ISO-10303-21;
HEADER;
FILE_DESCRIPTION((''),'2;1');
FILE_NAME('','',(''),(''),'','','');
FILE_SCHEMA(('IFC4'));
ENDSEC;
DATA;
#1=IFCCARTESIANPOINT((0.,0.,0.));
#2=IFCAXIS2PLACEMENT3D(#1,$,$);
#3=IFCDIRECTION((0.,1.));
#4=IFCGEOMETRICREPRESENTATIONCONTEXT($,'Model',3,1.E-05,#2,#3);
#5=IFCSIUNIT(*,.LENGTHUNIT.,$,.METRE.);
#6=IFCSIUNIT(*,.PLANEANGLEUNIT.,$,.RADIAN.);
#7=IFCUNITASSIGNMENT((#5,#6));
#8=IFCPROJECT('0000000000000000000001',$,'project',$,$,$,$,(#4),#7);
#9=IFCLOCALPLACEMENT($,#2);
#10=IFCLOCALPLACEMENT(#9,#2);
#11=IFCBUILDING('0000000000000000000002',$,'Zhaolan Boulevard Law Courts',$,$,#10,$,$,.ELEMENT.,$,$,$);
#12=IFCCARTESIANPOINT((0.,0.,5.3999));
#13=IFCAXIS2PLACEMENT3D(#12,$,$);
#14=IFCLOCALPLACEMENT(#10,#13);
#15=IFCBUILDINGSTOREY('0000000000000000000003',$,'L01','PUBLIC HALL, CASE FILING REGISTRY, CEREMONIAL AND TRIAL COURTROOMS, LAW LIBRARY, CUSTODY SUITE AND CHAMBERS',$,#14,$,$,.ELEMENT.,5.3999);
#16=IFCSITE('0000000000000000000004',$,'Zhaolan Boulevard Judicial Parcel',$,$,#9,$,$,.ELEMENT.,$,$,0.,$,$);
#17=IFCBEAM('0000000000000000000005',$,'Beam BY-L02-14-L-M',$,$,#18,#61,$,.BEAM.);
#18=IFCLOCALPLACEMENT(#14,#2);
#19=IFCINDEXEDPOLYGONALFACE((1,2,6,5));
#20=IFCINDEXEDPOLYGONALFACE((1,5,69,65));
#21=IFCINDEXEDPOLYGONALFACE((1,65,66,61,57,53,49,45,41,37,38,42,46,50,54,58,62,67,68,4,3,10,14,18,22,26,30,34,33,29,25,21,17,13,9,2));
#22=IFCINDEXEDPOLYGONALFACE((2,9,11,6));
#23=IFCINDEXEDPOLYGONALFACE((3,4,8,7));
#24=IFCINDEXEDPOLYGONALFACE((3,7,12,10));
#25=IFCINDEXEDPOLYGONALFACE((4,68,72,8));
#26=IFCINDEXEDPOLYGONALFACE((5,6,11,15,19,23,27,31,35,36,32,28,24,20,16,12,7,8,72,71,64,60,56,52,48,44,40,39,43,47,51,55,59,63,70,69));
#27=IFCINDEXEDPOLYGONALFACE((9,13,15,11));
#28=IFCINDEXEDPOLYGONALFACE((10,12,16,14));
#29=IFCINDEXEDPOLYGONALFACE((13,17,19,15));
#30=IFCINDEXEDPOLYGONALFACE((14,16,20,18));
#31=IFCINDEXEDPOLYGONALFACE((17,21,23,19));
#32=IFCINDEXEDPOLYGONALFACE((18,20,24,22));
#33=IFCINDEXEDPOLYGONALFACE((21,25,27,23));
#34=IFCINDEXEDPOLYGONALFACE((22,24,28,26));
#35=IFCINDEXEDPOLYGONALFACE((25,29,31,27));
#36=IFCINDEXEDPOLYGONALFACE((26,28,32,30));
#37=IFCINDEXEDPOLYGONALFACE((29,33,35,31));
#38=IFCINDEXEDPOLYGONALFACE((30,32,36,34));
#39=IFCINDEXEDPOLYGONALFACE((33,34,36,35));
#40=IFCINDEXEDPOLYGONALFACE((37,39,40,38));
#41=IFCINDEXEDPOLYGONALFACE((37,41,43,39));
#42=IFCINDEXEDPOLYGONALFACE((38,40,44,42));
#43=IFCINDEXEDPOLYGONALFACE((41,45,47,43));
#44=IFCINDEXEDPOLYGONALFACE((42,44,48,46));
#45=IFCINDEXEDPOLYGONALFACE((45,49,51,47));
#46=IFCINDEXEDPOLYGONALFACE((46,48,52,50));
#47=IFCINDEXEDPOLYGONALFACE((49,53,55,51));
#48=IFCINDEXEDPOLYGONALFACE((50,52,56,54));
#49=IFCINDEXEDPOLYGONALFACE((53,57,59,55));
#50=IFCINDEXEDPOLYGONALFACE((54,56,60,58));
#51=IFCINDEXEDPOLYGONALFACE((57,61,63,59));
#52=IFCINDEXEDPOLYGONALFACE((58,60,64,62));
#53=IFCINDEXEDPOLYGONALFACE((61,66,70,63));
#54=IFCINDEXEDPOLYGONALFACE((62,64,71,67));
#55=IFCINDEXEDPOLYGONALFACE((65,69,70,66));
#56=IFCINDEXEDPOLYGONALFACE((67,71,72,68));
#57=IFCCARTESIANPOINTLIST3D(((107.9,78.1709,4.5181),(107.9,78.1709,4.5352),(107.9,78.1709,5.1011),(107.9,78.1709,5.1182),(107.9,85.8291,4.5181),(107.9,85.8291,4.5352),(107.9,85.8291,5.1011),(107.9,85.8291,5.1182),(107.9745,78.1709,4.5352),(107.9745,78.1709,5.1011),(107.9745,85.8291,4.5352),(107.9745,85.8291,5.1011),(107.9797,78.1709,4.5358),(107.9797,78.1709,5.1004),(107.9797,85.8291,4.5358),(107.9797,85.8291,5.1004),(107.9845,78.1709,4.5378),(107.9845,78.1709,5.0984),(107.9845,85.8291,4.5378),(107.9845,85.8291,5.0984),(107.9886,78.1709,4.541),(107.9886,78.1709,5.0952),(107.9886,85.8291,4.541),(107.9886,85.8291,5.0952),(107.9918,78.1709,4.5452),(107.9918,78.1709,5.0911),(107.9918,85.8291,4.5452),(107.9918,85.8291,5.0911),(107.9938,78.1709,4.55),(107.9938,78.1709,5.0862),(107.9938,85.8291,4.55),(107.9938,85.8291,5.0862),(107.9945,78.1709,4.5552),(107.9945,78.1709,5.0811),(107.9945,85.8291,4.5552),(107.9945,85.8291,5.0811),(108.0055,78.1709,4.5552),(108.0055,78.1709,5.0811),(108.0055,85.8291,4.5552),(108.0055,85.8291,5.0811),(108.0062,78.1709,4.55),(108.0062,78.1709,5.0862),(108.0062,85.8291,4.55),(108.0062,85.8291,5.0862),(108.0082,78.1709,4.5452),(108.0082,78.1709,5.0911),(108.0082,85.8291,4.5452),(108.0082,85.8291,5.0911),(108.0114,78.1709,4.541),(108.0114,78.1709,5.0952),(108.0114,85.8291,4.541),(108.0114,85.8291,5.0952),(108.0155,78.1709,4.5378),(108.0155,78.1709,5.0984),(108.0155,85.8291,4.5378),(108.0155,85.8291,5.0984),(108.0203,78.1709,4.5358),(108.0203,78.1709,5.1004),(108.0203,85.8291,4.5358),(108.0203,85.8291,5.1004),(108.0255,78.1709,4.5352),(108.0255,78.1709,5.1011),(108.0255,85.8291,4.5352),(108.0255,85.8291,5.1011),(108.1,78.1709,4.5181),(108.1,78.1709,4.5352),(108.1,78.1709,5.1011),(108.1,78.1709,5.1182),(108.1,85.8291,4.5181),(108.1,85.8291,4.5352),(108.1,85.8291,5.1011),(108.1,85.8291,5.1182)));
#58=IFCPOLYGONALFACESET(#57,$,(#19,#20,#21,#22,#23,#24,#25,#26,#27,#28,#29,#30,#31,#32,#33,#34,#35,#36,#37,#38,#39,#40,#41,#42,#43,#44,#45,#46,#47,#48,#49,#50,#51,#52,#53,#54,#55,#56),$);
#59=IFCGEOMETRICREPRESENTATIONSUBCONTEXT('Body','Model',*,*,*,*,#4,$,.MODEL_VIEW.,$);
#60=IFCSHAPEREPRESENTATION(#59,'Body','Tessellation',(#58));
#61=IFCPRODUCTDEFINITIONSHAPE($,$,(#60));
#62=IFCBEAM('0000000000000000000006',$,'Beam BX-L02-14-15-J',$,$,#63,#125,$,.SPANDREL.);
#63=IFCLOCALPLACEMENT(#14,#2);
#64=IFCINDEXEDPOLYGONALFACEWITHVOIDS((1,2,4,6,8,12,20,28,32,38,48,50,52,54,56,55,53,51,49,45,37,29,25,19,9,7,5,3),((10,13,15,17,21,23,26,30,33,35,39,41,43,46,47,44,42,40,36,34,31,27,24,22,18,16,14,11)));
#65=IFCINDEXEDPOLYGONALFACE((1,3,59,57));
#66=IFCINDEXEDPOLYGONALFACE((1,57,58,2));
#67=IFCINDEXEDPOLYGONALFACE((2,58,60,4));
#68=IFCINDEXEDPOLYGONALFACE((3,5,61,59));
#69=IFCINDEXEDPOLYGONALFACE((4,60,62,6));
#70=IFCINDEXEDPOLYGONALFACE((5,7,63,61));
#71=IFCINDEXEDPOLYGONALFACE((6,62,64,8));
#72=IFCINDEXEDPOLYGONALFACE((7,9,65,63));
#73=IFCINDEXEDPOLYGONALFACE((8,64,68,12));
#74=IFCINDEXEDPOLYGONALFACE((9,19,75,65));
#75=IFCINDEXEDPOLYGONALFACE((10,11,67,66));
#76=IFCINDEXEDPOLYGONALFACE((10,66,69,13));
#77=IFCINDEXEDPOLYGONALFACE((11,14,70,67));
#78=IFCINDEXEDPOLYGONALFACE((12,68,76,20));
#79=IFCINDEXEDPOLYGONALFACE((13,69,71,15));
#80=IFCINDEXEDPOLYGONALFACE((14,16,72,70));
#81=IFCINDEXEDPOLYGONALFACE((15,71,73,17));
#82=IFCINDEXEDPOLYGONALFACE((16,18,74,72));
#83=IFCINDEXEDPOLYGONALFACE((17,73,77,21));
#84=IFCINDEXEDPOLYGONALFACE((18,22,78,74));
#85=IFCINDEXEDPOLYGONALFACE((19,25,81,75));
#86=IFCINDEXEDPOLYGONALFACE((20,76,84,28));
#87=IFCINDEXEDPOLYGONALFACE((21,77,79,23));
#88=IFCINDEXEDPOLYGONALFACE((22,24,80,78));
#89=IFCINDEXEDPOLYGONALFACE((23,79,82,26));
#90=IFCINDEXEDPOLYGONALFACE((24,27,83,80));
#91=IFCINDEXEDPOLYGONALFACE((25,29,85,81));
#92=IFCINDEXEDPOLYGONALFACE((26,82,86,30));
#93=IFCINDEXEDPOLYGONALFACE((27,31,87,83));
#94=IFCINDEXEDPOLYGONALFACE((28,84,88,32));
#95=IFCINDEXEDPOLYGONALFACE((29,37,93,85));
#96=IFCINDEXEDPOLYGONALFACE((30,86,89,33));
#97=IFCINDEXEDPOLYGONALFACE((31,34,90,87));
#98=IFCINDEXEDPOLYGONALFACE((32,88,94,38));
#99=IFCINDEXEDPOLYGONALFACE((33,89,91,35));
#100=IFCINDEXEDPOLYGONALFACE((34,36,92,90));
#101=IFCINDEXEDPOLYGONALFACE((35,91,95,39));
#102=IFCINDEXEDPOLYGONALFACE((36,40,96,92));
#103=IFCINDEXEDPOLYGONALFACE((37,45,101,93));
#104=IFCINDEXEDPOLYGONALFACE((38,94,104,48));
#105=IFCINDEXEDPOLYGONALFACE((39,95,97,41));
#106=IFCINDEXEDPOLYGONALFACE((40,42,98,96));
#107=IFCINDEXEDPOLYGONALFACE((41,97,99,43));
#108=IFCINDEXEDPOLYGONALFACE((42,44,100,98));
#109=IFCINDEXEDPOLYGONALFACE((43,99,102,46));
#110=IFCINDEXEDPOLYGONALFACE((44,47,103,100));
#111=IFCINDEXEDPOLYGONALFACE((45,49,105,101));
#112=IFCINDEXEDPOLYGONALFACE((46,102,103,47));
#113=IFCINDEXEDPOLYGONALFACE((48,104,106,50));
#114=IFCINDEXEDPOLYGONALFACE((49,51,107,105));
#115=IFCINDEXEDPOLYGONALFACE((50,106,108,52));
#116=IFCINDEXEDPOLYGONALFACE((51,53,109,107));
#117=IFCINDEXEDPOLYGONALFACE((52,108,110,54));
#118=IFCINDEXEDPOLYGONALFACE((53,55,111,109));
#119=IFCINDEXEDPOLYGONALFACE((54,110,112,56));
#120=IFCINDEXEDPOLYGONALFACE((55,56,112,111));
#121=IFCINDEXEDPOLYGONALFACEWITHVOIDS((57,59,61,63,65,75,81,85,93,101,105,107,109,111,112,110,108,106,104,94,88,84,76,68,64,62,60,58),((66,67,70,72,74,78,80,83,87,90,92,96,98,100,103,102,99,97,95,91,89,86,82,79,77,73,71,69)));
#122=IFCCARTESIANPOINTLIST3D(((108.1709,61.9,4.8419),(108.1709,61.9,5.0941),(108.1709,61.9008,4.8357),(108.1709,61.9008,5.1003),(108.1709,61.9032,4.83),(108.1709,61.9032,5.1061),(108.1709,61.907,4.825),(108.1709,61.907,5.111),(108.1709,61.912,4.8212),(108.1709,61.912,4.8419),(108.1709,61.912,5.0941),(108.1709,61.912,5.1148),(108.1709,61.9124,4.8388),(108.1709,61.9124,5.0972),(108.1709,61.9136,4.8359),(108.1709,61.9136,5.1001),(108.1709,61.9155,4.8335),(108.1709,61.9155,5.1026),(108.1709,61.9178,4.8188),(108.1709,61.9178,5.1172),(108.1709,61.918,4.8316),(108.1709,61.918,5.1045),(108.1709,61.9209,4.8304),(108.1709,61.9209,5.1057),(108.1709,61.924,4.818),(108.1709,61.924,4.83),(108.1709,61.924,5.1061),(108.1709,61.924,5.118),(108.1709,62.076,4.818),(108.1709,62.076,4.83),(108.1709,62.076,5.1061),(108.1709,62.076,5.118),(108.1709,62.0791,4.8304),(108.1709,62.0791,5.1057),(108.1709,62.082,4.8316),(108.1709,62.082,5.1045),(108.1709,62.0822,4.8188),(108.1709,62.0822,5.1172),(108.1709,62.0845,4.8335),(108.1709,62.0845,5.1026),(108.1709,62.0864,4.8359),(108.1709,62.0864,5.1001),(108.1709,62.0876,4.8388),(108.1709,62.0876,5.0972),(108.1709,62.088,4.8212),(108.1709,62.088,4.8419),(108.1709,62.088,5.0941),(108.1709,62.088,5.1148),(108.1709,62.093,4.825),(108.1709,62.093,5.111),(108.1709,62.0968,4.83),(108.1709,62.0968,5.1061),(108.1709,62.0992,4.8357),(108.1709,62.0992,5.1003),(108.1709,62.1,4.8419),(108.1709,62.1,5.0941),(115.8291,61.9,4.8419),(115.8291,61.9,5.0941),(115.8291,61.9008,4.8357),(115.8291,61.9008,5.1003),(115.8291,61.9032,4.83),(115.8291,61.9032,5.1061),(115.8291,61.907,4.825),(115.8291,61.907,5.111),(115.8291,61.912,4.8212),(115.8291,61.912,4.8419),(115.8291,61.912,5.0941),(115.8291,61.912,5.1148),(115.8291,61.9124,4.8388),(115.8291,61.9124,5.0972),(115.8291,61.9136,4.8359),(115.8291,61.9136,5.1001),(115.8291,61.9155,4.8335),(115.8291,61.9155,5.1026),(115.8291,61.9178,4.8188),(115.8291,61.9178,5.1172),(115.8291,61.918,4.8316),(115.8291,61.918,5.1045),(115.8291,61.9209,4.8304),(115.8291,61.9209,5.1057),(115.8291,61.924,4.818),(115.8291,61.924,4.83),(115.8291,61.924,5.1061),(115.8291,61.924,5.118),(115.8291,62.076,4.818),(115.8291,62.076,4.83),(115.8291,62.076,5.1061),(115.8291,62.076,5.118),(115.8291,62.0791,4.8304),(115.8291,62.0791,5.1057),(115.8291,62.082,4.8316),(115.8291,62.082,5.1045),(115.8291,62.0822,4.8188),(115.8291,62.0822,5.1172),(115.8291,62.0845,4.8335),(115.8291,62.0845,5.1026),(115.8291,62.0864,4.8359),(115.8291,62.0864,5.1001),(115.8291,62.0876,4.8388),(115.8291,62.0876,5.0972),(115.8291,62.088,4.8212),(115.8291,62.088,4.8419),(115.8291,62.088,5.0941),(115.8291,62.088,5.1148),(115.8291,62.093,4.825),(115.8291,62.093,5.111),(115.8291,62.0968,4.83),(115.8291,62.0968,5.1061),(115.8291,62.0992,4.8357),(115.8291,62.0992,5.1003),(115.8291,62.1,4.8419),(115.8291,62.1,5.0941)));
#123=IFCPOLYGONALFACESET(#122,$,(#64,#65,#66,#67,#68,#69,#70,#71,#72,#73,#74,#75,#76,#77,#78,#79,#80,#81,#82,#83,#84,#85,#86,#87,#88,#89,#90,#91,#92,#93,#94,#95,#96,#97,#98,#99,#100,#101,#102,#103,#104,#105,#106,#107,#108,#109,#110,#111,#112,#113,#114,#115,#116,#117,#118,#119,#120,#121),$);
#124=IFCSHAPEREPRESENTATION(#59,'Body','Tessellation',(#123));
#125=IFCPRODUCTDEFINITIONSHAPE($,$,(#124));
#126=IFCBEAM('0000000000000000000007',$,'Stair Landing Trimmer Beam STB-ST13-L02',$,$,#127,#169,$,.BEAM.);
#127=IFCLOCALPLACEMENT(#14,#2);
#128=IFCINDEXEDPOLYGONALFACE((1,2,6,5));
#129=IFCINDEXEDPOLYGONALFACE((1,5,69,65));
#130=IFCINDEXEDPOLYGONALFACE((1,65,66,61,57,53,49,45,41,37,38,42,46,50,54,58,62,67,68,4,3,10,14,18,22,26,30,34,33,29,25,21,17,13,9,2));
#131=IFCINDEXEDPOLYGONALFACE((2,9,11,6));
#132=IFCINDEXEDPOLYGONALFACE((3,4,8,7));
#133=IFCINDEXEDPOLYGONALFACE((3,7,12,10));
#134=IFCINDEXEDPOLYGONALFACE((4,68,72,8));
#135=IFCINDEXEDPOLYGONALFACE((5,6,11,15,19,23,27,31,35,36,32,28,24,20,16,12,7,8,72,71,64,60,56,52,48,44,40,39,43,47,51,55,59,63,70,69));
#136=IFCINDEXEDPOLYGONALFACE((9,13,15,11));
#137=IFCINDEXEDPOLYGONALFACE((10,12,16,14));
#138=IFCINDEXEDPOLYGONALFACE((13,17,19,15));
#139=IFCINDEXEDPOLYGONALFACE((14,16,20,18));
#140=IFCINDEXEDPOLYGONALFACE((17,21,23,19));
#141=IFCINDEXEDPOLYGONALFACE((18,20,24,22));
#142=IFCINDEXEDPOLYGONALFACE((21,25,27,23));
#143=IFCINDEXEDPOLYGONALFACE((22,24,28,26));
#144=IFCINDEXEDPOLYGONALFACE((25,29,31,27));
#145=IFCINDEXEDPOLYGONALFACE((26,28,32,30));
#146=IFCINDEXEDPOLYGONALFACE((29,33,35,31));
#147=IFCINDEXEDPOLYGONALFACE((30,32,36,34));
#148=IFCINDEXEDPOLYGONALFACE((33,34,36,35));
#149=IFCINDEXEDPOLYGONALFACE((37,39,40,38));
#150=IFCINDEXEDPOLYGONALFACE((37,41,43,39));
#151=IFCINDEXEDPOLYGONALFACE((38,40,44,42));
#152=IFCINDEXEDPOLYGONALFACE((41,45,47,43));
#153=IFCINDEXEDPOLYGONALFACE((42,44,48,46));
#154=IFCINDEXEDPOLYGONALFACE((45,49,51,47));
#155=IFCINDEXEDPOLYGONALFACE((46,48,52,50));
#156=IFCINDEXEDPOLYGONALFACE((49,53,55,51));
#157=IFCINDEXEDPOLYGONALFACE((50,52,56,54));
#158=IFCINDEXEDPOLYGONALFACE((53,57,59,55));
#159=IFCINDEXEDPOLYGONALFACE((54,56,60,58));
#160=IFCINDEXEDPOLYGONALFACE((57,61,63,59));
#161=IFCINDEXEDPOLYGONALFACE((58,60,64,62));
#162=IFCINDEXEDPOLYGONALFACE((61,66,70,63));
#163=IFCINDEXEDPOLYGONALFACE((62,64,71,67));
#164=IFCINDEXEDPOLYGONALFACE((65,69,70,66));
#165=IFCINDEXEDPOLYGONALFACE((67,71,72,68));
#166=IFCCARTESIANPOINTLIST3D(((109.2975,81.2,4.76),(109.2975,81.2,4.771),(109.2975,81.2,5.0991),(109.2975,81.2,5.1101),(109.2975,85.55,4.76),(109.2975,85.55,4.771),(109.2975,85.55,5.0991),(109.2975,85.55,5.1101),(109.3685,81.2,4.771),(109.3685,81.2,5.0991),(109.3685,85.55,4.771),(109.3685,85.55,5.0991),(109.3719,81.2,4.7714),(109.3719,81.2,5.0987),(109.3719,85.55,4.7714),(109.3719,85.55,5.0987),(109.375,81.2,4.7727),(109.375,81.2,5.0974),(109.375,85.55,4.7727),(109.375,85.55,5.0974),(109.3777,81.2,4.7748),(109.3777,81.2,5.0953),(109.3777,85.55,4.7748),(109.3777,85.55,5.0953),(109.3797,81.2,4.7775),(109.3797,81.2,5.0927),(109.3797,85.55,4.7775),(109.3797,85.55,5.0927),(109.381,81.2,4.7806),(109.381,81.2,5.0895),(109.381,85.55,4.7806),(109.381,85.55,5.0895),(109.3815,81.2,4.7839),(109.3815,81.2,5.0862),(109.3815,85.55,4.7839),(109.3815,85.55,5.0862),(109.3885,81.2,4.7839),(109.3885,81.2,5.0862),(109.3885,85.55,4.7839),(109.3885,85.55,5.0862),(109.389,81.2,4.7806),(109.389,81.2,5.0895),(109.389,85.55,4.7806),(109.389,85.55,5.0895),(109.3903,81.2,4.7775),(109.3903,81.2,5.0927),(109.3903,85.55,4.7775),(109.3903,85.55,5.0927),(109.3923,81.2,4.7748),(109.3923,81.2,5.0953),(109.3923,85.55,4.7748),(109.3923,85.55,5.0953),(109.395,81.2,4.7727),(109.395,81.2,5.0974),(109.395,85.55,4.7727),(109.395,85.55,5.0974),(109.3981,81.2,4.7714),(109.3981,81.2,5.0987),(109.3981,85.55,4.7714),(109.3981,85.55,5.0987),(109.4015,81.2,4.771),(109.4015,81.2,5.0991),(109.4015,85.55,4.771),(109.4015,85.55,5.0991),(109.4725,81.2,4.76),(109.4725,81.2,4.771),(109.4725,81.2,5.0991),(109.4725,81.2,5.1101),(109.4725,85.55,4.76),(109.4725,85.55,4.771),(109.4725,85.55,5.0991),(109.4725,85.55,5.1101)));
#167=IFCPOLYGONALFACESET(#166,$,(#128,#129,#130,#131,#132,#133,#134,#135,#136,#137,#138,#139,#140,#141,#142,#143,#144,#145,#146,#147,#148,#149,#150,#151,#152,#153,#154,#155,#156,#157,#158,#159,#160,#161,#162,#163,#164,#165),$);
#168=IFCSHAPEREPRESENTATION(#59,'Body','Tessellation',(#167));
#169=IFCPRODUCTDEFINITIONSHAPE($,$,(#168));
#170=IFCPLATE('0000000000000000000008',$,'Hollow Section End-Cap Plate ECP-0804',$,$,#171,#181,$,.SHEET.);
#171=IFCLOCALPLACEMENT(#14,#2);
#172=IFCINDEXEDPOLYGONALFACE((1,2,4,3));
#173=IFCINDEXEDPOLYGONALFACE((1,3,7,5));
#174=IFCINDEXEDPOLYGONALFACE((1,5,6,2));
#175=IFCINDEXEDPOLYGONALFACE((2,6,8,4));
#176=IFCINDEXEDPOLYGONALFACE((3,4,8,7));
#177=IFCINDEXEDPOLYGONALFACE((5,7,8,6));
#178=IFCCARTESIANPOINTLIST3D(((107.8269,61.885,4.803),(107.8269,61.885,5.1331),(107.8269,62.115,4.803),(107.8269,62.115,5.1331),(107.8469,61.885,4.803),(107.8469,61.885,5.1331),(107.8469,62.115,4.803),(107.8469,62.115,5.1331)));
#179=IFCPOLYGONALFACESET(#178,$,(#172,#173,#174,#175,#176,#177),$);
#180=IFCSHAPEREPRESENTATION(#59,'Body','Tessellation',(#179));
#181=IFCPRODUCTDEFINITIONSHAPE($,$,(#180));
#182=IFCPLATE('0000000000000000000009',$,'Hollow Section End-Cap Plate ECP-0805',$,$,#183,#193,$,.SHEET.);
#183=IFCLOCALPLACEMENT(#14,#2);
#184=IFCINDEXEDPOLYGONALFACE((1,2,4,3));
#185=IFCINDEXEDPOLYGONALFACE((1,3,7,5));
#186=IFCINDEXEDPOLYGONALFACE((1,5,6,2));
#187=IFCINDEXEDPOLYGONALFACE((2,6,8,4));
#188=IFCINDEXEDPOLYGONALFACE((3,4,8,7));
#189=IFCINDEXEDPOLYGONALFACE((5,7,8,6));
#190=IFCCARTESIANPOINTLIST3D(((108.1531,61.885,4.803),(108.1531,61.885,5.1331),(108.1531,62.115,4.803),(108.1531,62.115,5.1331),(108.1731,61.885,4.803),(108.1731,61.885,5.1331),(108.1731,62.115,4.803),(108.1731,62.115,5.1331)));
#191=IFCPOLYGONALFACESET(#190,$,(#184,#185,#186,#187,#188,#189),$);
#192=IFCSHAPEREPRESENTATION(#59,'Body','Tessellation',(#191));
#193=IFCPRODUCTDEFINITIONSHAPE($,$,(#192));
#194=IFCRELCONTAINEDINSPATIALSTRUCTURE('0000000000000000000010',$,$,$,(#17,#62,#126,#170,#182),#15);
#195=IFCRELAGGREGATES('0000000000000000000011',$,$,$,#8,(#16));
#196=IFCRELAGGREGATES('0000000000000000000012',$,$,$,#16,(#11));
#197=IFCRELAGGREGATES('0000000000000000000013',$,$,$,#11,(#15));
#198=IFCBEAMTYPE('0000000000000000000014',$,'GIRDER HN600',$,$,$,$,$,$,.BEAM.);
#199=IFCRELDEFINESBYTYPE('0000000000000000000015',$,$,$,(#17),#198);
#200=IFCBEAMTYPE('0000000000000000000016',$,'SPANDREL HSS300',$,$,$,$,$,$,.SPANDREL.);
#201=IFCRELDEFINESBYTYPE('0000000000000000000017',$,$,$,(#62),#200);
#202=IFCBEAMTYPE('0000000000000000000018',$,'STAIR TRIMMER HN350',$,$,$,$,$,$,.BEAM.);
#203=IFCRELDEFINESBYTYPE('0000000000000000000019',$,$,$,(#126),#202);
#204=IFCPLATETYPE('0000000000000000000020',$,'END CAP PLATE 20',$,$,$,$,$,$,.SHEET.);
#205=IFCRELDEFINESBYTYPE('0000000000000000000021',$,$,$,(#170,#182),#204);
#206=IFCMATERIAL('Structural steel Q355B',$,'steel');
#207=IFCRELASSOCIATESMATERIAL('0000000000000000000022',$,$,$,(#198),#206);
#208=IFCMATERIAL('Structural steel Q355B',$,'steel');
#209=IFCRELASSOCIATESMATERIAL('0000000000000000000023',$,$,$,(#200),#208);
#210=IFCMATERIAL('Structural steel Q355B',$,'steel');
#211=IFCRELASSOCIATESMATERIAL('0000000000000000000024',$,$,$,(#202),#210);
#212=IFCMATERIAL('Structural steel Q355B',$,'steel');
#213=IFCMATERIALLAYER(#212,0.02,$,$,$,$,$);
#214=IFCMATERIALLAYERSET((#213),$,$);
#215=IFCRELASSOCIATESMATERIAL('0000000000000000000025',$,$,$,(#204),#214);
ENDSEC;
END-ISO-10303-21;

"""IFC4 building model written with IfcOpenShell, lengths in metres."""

from ifc_helpers import new_model, si_unit, direction, frame, origin, origin_2d, place, context, subcontext, project, spatial, rectangle, hollow_rectangle, i_section, extrude, material, layer, layer_set, material_profile, profile_set, type_object, element, save


model = new_model("IFC4")

# Units and contexts
model_context = context("Model", 3, precision=1e-05, world=origin(), true_north=direction((0.0, 1.0)))
body_context = subcontext(model_context, "Body", "Model", "MODEL_VIEW")
ifc_project = project(units=[si_unit("LENGTHUNIT", "METRE"), si_unit("PLANEANGLEUNIT", "RADIAN")], contexts=[model_context])

# Site, building, storey
site_placement = place(None, origin())
site = spatial("IfcSite", under=ifc_project, at=site_placement, Name="Zhaolan Boulevard Judicial Parcel", CompositionType="ELEMENT", RefElevation=0.0)
building_placement = place(site_placement, origin())
building = spatial("IfcBuilding", under=site, at=building_placement, Name="Zhaolan Boulevard Law Courts", CompositionType="ELEMENT")
storey_placement = place(building_placement, frame((0.0, 0.0, 5.3999)))
storey = spatial("IfcBuildingStorey", under=building, at=storey_placement, Name="L01", Description="PUBLIC HALL, CASE FILING REGISTRY, CEREMONIAL AND TRIAL COURTROOMS, LAW LIBRARY, CUSTODY SUITE AND CHAMBERS", CompositionType="ELEMENT", Elevation=5.3999)

# Beams
ifc_material_1 = material(Name="Structural steel Q355B", Category="steel")
ifc_material_profile_1 = material_profile(ifc_material_1, i_section(OverallWidth=0.2, OverallDepth=0.6001, WebThickness=0.011, FlangeThickness=0.0171, FilletRadius=0.02, at=origin_2d()), Name="HN600x200")
ifc_profile_set_1 = profile_set([ifc_material_profile_1], Name="Structural steel Q355B")
beam_type_1 = type_object("IfcBeamType", Name="GIRDER HN600", PredefinedType="BEAM", material=ifc_profile_set_1)
beam_1_placement = place(storey_placement, frame((108.0, 78.1709, 4.8181), z_axis=(0.0, 1.0, 0.0), x_axis=(-1.0, 0.0, 0.0)))
element("IfcBeam", 1, at=beam_1_placement, inside=storey, type_object=beam_type_1, Name="Beam BY-L02-14-L-M", PredefinedType="BEAM", context=body_context, shape_type="SweptSolid", body=[
    extrude(i_section(OverallWidth=0.2, OverallDepth=0.6001, WebThickness=0.011, FlangeThickness=0.0171, FilletRadius=0.02, at=origin_2d()), origin(), (0.0, 0.0, 1.0), 7.6582),
])
ifc_material_2 = material(Name="Structural steel Q355B", Category="steel")
ifc_material_profile_2 = material_profile(ifc_material_2, hollow_rectangle(XDim=0.2, YDim=0.3, WallThickness=0.012, InnerFilletRadius=0.012, OuterFilletRadius=0.0239, at=origin_2d()), Name="HSS300x200x12")
ifc_profile_set_2 = profile_set([ifc_material_profile_2], Name="Structural steel Q355B")
beam_type_2 = type_object("IfcBeamType", Name="SPANDREL HSS300", PredefinedType="SPANDREL", material=ifc_profile_set_2)
beam_2_placement = place(storey_placement, frame((108.1709, 62.0, 4.968), z_axis=(1.0, 0.0, 0.0), x_axis=(0.0, 1.0, 0.0)))
element("IfcBeam", 2, at=beam_2_placement, inside=storey, type_object=beam_type_2, Name="Beam BX-L02-14-15-J", PredefinedType="SPANDREL", context=body_context, shape_type="SweptSolid", body=[
    extrude(hollow_rectangle(XDim=0.2, YDim=0.3, WallThickness=0.012, InnerFilletRadius=0.012, OuterFilletRadius=0.0239, at=origin_2d()), origin(), (0.0, 0.0, 1.0), 7.6582),
])
ifc_material_3 = material(Name="Structural steel Q355B", Category="steel")
ifc_material_profile_3 = material_profile(ifc_material_3, i_section(OverallWidth=0.175, OverallDepth=0.3501, WebThickness=0.0071, FlangeThickness=0.011, FilletRadius=0.0129, at=origin_2d()), Name="HN350x175")
ifc_profile_set_3 = profile_set([ifc_material_profile_3], Name="Structural steel Q355B")
beam_type_3 = type_object("IfcBeamType", Name="STAIR TRIMMER HN350", PredefinedType="BEAM", material=ifc_profile_set_3)
beam_3_placement = place(storey_placement, frame((109.385, 81.2, 4.9351), z_axis=(0.0, 1.0, 0.0), x_axis=(-1.0, 0.0, 0.0)))
element("IfcBeam", 3, at=beam_3_placement, inside=storey, type_object=beam_type_3, Name="Stair Landing Trimmer Beam STB-ST13-L02", PredefinedType="BEAM", context=body_context, shape_type="SweptSolid", body=[
    extrude(i_section(OverallWidth=0.175, OverallDepth=0.3501, WebThickness=0.0071, FlangeThickness=0.011, FilletRadius=0.0129, at=origin_2d()), origin(), (0.0, 0.0, 1.0), 4.3501),
])

# Plates
ifc_material_4 = material(Name="Structural steel Q355B", Category="steel")
ifc_layer_1 = layer(ifc_material_4, 0.02)
ifc_layer_set_1 = layer_set([ifc_layer_1])
plate_type = type_object("IfcPlateType", Name="END CAP PLATE 20", PredefinedType="SHEET", material=ifc_layer_set_1)
for number, where, z_axis, x_axis, name in (
    (4, (107.8369, 62.0, 4.803), (0.0, 0.0, 1.0), (1.0, 0.0, 0.0), "Hollow Section End-Cap Plate ECP-0804"),
    (5, (108.1631, 62.0, 4.803), (0.0, 0.0, 1.0), (1.0, 0.0, 0.0), "Hollow Section End-Cap Plate ECP-0805"),
):
    element("IfcPlate", number, at=place(storey_placement, frame(where, z_axis=z_axis, x_axis=x_axis)), inside=storey, type_object=plate_type, Name=name, PredefinedType="SHEET", context=body_context, shape_type="SweptSolid", body=[
        extrude(rectangle(XDim=0.02, YDim=0.23, at=origin_2d()), origin(), (0.0, 0.0, 1.0), 0.3301),
    ])

save(model, "model.ifc")
